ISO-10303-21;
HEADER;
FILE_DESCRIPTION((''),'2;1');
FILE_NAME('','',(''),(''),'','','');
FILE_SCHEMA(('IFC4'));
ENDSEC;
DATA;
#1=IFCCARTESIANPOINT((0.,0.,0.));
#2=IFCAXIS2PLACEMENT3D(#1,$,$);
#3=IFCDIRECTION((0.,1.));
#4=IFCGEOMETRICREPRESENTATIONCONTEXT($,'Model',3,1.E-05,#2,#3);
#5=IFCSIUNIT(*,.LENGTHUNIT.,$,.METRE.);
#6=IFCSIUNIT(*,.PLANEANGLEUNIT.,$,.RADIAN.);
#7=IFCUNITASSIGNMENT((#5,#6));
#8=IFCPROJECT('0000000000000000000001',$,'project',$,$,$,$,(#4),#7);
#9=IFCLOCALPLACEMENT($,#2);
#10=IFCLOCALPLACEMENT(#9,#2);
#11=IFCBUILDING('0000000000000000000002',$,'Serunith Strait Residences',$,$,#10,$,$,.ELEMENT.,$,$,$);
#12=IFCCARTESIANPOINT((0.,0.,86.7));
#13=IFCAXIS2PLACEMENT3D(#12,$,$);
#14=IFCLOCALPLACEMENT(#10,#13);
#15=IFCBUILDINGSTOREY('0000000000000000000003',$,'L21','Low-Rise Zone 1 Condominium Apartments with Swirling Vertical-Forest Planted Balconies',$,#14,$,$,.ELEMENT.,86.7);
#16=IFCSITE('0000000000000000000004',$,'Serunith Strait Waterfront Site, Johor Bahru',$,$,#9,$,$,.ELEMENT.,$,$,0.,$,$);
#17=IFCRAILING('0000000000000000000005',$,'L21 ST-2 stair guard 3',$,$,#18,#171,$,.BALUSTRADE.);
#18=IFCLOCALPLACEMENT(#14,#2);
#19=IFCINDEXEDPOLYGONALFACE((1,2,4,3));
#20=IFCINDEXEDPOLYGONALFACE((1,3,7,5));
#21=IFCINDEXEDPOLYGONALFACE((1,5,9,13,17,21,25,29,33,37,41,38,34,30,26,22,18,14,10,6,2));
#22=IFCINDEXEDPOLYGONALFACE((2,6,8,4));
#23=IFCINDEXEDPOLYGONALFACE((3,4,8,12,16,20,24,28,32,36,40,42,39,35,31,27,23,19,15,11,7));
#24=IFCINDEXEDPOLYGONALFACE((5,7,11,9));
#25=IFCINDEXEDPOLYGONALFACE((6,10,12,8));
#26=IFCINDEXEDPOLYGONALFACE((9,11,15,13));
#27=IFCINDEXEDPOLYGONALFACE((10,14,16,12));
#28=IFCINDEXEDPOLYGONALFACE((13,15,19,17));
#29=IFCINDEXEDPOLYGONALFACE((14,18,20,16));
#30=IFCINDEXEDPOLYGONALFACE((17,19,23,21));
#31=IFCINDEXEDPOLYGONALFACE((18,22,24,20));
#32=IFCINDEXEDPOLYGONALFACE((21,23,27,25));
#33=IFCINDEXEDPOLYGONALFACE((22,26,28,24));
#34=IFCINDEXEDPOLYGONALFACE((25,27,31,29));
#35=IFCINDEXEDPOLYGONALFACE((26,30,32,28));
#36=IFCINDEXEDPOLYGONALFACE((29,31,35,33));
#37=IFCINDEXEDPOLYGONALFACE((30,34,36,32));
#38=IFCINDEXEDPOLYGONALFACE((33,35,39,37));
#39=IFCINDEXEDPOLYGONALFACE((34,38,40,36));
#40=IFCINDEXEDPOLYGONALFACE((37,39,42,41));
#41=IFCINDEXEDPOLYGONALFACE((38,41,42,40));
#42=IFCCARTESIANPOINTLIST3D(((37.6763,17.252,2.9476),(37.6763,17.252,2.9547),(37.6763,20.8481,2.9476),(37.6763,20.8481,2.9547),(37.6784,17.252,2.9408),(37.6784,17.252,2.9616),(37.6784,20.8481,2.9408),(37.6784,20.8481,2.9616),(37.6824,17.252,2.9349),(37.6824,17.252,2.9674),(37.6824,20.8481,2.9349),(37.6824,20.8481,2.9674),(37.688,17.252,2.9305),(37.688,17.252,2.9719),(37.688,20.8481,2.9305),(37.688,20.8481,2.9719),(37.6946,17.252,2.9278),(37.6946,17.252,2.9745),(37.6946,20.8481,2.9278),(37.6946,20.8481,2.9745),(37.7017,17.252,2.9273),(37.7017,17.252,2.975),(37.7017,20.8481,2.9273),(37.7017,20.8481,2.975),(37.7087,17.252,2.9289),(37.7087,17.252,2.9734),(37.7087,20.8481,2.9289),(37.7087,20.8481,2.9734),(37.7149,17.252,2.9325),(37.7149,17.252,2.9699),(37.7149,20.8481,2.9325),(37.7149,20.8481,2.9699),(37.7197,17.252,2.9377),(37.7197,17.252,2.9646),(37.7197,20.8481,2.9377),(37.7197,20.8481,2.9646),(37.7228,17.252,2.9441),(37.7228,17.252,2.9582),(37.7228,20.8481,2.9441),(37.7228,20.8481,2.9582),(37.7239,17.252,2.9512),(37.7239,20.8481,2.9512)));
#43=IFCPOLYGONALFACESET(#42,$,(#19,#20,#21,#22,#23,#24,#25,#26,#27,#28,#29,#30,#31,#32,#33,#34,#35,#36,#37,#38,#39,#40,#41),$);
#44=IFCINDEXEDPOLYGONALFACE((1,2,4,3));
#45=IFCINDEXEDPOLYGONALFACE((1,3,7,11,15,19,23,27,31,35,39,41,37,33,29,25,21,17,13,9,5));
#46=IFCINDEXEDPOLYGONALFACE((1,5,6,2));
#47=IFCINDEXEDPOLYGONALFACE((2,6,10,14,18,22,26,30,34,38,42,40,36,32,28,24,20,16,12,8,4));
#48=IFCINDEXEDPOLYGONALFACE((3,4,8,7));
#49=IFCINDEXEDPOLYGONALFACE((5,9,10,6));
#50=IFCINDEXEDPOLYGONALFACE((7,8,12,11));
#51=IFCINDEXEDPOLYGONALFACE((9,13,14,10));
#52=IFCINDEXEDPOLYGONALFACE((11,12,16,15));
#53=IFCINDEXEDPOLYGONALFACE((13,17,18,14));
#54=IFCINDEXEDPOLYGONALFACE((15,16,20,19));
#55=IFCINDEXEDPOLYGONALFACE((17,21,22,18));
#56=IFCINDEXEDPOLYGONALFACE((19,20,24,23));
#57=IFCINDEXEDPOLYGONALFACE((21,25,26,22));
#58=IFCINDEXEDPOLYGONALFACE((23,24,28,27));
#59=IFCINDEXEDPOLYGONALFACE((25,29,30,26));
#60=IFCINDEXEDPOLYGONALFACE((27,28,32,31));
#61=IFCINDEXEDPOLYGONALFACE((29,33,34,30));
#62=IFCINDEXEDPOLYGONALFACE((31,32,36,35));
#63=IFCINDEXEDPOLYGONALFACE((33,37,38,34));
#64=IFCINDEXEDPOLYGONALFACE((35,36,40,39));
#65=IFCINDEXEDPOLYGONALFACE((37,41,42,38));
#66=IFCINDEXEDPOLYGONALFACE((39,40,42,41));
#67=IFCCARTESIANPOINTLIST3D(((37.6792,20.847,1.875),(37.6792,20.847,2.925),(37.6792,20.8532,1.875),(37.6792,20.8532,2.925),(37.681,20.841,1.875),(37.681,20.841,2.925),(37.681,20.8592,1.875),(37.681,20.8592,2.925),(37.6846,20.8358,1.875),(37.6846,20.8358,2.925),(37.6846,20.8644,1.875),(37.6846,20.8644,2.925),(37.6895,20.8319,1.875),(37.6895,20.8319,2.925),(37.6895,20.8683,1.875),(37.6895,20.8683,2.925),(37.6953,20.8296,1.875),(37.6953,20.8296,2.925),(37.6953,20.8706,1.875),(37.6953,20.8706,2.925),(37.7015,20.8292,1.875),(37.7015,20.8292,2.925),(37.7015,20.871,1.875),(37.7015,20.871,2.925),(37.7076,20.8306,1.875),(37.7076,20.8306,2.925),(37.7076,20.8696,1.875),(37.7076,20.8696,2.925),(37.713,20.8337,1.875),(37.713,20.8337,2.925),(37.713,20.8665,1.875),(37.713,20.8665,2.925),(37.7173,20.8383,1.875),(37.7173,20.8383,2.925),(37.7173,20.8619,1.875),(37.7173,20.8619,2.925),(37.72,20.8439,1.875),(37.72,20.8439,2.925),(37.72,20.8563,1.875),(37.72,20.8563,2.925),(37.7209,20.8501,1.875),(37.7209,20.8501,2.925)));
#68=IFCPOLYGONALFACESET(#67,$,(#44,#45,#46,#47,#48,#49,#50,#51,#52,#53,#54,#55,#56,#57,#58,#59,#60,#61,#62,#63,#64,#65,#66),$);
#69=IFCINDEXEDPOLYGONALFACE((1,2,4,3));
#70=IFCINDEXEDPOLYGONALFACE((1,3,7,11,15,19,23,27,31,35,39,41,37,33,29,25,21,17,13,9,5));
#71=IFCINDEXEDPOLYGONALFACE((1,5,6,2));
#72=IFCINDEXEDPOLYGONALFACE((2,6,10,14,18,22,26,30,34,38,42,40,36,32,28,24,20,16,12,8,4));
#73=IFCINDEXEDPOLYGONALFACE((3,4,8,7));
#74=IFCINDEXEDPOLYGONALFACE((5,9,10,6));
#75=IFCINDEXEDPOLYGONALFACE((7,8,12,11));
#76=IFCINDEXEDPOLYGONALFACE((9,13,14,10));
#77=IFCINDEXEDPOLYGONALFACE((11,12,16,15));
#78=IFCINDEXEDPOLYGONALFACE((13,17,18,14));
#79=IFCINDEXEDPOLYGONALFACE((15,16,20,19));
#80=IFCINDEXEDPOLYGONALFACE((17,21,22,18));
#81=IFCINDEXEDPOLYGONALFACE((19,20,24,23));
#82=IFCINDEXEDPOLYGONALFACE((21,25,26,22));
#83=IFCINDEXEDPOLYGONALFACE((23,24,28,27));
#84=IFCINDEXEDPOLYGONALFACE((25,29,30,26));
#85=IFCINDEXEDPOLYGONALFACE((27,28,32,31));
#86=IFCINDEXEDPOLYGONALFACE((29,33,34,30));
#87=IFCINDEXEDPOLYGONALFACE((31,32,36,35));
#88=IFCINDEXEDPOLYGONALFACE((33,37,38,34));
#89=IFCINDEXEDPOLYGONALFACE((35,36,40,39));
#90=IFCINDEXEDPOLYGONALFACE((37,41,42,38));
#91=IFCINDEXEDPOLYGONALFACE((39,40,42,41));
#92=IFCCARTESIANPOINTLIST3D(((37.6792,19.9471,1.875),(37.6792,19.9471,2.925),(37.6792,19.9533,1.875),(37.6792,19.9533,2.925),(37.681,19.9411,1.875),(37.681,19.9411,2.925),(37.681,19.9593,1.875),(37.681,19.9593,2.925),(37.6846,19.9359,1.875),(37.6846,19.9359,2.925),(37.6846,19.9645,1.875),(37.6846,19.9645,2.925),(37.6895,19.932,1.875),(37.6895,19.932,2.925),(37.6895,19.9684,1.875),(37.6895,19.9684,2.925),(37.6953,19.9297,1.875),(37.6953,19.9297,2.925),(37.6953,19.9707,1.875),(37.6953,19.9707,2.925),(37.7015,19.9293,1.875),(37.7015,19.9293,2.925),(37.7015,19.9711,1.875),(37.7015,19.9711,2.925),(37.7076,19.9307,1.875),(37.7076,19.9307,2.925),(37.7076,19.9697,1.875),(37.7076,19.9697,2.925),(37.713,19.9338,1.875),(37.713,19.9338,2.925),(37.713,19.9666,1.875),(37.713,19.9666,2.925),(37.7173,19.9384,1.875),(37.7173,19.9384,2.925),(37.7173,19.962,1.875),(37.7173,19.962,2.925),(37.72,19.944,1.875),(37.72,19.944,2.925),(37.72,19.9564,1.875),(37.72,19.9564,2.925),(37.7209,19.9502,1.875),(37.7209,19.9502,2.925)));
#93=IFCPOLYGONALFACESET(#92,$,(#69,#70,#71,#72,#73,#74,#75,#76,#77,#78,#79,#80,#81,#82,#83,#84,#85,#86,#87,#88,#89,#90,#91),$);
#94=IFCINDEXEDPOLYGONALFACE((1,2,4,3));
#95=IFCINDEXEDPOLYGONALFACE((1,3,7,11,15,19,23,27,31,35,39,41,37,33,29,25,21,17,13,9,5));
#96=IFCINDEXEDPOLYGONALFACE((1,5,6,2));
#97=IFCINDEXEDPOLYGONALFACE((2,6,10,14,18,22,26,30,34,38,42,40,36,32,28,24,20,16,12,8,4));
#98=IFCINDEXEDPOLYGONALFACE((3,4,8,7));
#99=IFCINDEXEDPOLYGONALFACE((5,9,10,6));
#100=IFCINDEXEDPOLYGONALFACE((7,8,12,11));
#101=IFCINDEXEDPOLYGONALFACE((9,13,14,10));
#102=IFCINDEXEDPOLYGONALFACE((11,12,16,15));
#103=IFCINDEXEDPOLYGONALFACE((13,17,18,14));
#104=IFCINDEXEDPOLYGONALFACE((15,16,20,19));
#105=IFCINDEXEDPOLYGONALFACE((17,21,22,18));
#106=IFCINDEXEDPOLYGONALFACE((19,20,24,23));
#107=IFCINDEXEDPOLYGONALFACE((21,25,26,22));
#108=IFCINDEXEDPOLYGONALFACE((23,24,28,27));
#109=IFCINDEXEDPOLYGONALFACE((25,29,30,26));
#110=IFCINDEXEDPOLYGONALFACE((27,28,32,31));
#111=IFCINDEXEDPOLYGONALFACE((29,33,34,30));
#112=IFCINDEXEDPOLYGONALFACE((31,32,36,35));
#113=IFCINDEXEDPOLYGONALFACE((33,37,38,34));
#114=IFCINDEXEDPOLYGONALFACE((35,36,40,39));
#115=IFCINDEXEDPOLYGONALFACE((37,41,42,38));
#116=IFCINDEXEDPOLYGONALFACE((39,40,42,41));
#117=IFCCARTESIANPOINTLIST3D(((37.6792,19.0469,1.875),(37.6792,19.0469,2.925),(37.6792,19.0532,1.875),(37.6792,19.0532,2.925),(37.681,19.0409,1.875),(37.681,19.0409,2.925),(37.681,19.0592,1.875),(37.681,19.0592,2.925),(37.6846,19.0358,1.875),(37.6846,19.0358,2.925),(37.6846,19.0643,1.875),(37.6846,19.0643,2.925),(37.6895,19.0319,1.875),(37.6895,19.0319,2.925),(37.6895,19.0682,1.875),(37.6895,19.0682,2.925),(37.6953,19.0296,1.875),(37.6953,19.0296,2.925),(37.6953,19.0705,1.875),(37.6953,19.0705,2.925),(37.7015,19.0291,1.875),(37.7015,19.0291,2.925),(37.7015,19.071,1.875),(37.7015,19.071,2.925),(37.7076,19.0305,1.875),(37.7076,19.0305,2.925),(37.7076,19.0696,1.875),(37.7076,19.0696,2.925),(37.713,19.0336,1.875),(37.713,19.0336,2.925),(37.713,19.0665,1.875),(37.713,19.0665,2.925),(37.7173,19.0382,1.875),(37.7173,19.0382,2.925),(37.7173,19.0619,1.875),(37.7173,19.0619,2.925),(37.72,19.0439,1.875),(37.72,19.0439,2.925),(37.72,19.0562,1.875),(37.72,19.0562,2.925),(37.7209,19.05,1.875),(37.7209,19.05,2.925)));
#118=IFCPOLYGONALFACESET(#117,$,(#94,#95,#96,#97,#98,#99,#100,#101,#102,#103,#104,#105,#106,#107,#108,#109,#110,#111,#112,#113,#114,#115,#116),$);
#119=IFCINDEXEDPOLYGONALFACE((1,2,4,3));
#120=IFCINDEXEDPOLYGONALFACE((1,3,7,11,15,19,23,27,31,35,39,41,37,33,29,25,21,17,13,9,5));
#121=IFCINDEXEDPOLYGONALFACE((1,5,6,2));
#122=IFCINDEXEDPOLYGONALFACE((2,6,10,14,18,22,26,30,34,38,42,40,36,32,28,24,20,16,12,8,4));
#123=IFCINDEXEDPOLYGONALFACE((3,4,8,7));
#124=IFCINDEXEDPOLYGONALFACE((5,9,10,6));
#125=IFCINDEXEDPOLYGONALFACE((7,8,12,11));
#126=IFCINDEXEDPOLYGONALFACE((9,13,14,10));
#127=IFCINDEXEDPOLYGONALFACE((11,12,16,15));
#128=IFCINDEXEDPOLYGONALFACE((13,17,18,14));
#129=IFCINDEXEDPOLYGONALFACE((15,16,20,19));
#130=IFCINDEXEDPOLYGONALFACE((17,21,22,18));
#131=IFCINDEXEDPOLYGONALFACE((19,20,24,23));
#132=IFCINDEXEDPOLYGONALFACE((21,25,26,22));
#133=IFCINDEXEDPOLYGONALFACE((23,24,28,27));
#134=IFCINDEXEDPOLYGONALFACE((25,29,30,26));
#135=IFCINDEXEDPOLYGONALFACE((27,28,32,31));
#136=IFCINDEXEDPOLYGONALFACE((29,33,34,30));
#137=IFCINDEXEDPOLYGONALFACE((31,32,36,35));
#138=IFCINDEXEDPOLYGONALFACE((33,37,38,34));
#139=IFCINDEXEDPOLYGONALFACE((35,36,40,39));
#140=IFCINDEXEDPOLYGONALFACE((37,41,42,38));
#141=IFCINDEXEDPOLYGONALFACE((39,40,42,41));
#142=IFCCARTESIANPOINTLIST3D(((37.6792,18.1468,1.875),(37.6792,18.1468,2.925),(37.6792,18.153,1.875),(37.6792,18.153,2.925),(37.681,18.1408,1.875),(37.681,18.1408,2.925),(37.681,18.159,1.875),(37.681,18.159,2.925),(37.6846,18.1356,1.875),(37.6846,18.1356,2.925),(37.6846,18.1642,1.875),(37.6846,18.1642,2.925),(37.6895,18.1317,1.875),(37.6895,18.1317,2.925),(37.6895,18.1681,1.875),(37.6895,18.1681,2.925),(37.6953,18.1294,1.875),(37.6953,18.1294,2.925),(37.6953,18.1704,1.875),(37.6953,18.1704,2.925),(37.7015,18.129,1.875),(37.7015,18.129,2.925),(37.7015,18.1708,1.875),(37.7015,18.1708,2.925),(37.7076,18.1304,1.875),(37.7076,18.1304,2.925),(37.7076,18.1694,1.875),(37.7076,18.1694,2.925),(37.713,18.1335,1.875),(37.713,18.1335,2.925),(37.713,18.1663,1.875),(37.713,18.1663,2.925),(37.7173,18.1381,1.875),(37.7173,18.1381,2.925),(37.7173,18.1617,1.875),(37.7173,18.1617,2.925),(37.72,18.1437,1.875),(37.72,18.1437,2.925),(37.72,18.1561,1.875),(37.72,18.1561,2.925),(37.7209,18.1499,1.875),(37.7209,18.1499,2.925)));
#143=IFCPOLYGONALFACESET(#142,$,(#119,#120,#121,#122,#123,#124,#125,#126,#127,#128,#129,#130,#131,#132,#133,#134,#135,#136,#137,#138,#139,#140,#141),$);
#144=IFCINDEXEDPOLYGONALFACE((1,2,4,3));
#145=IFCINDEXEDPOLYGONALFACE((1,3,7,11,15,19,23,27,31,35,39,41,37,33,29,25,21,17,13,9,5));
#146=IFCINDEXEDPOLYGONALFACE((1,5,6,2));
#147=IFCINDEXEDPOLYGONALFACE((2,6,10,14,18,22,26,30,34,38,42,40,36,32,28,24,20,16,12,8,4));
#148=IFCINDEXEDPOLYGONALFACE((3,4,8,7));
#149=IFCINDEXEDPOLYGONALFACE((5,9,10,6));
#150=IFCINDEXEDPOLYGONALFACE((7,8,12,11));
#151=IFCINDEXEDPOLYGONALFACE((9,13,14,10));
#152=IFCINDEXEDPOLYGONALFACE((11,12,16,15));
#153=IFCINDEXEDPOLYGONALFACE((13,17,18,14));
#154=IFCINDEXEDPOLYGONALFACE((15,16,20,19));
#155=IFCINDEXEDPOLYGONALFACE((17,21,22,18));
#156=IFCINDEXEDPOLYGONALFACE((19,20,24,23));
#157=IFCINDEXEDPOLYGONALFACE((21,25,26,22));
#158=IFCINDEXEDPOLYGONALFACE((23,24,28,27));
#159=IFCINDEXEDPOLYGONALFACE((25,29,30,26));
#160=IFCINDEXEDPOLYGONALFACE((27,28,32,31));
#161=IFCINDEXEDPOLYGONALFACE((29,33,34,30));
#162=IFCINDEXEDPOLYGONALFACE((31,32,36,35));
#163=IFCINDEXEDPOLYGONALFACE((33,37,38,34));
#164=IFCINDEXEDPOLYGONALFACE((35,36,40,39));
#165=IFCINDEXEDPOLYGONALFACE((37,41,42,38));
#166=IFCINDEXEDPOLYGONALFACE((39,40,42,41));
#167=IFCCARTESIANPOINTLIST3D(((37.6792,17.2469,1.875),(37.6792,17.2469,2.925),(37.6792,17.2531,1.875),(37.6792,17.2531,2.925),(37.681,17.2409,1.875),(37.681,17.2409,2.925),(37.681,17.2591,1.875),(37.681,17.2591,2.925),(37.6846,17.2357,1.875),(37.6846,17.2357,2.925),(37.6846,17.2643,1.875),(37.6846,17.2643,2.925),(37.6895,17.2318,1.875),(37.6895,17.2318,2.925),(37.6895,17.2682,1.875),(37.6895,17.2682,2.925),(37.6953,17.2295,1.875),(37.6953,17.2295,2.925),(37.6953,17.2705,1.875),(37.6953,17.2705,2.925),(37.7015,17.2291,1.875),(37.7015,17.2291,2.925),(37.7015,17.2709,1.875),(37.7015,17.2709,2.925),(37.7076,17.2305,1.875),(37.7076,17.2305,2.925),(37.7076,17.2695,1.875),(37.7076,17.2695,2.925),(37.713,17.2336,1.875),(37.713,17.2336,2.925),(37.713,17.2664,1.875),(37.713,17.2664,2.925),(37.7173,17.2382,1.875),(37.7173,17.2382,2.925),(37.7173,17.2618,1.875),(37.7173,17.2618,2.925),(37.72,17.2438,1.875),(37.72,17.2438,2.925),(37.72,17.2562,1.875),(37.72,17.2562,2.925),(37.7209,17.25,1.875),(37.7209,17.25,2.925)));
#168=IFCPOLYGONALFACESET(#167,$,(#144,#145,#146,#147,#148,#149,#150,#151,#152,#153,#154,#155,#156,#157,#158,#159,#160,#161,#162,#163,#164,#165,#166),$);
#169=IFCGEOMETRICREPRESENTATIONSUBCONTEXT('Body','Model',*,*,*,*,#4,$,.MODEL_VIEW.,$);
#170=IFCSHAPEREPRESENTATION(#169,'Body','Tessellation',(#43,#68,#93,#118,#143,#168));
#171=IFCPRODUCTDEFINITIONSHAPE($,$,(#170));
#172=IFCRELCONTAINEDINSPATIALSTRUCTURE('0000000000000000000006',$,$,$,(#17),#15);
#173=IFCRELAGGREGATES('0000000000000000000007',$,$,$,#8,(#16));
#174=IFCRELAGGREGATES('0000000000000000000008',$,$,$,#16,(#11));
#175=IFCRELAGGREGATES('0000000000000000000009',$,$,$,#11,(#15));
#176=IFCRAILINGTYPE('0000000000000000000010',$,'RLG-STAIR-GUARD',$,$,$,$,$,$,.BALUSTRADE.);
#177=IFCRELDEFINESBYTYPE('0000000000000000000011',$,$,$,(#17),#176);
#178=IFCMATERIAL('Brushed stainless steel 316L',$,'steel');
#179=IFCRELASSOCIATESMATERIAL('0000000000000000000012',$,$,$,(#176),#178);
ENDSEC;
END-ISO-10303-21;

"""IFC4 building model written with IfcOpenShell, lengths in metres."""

from ifc_helpers import new_model, si_unit, direction, frame, origin, origin_2d, place, context, subcontext, project, spatial, circle, extrude, material, type_object, element, save


model = new_model("IFC4")

# Units and contexts
model_context = context("Model", 3, precision=1e-05, world=origin(), true_north=direction((0.0, 1.0)))
body_context = subcontext(model_context, "Body", "Model", "MODEL_VIEW")
ifc_project = project(units=[si_unit("LENGTHUNIT", "METRE"), si_unit("PLANEANGLEUNIT", "RADIAN")], contexts=[model_context])

# Site, building, storey
site_placement = place(None, origin())
site = spatial("IfcSite", under=ifc_project, at=site_placement, Name="Serunith Strait Waterfront Site, Johor Bahru", CompositionType="ELEMENT", RefElevation=0.0)
building_placement = place(site_placement, origin())
building = spatial("IfcBuilding", under=site, at=building_placement, Name="Serunith Strait Residences", CompositionType="ELEMENT")
storey_placement = place(building_placement, frame((0.0, 0.0, 86.7)))
storey = spatial("IfcBuildingStorey", under=building, at=storey_placement, Name="L21", Description="Low-Rise Zone 1 Condominium Apartments with Swirling Vertical-Forest Planted Balconies", CompositionType="ELEMENT", Elevation=86.7)

# Railing
ifc_material_1 = material(Name="Brushed stainless steel 316L", Category="steel")
railing_type_1 = type_object("IfcRailingType", Name="RLG-STAIR-GUARD", PredefinedType="BALUSTRADE", material=ifc_material_1)
for number, where, name in (
    (1, (37.7, 20.8501, 1.875), "L21 ST-2 stair guard 3"),
):
    element("IfcRailing", number, at=place(storey_placement, frame(where)), inside=storey, type_object=railing_type_1, Name=name, PredefinedType="BALUSTRADE", context=body_context, shape_type="SweptSolid", body=[
        extrude(circle(Radius=0.0239, at=origin_2d()), frame((0.0, -0.002, 1.0762), z_axis=(0.0, -1.0, 0.0), x_axis=(1.0, 0.0, 0.0)), (0.0, 0.0, 1.0), 3.5962),
        extrude(circle(Radius=0.021, at=origin_2d()), origin(), (0.0, 0.0, 1.0), 1.05),
        extrude(circle(Radius=0.021, at=origin_2d()), frame((0.0, -0.8999, 0.0)), (0.0, 0.0, 1.0), 1.05),
        extrude(circle(Radius=0.021, at=origin_2d()), frame((0.0, -1.8, 0.0)), (0.0, 0.0, 1.0), 1.05),
        extrude(circle(Radius=0.021, at=origin_2d()), frame((0.0, -2.7002, 0.0)), (0.0, 0.0, 1.0), 1.05),
        extrude(circle(Radius=0.021, at=origin_2d()), frame((0.0, -3.6001, 0.0)), (0.0, 0.0, 1.0), 1.05),
    ])

save(model, "model.ifc")
